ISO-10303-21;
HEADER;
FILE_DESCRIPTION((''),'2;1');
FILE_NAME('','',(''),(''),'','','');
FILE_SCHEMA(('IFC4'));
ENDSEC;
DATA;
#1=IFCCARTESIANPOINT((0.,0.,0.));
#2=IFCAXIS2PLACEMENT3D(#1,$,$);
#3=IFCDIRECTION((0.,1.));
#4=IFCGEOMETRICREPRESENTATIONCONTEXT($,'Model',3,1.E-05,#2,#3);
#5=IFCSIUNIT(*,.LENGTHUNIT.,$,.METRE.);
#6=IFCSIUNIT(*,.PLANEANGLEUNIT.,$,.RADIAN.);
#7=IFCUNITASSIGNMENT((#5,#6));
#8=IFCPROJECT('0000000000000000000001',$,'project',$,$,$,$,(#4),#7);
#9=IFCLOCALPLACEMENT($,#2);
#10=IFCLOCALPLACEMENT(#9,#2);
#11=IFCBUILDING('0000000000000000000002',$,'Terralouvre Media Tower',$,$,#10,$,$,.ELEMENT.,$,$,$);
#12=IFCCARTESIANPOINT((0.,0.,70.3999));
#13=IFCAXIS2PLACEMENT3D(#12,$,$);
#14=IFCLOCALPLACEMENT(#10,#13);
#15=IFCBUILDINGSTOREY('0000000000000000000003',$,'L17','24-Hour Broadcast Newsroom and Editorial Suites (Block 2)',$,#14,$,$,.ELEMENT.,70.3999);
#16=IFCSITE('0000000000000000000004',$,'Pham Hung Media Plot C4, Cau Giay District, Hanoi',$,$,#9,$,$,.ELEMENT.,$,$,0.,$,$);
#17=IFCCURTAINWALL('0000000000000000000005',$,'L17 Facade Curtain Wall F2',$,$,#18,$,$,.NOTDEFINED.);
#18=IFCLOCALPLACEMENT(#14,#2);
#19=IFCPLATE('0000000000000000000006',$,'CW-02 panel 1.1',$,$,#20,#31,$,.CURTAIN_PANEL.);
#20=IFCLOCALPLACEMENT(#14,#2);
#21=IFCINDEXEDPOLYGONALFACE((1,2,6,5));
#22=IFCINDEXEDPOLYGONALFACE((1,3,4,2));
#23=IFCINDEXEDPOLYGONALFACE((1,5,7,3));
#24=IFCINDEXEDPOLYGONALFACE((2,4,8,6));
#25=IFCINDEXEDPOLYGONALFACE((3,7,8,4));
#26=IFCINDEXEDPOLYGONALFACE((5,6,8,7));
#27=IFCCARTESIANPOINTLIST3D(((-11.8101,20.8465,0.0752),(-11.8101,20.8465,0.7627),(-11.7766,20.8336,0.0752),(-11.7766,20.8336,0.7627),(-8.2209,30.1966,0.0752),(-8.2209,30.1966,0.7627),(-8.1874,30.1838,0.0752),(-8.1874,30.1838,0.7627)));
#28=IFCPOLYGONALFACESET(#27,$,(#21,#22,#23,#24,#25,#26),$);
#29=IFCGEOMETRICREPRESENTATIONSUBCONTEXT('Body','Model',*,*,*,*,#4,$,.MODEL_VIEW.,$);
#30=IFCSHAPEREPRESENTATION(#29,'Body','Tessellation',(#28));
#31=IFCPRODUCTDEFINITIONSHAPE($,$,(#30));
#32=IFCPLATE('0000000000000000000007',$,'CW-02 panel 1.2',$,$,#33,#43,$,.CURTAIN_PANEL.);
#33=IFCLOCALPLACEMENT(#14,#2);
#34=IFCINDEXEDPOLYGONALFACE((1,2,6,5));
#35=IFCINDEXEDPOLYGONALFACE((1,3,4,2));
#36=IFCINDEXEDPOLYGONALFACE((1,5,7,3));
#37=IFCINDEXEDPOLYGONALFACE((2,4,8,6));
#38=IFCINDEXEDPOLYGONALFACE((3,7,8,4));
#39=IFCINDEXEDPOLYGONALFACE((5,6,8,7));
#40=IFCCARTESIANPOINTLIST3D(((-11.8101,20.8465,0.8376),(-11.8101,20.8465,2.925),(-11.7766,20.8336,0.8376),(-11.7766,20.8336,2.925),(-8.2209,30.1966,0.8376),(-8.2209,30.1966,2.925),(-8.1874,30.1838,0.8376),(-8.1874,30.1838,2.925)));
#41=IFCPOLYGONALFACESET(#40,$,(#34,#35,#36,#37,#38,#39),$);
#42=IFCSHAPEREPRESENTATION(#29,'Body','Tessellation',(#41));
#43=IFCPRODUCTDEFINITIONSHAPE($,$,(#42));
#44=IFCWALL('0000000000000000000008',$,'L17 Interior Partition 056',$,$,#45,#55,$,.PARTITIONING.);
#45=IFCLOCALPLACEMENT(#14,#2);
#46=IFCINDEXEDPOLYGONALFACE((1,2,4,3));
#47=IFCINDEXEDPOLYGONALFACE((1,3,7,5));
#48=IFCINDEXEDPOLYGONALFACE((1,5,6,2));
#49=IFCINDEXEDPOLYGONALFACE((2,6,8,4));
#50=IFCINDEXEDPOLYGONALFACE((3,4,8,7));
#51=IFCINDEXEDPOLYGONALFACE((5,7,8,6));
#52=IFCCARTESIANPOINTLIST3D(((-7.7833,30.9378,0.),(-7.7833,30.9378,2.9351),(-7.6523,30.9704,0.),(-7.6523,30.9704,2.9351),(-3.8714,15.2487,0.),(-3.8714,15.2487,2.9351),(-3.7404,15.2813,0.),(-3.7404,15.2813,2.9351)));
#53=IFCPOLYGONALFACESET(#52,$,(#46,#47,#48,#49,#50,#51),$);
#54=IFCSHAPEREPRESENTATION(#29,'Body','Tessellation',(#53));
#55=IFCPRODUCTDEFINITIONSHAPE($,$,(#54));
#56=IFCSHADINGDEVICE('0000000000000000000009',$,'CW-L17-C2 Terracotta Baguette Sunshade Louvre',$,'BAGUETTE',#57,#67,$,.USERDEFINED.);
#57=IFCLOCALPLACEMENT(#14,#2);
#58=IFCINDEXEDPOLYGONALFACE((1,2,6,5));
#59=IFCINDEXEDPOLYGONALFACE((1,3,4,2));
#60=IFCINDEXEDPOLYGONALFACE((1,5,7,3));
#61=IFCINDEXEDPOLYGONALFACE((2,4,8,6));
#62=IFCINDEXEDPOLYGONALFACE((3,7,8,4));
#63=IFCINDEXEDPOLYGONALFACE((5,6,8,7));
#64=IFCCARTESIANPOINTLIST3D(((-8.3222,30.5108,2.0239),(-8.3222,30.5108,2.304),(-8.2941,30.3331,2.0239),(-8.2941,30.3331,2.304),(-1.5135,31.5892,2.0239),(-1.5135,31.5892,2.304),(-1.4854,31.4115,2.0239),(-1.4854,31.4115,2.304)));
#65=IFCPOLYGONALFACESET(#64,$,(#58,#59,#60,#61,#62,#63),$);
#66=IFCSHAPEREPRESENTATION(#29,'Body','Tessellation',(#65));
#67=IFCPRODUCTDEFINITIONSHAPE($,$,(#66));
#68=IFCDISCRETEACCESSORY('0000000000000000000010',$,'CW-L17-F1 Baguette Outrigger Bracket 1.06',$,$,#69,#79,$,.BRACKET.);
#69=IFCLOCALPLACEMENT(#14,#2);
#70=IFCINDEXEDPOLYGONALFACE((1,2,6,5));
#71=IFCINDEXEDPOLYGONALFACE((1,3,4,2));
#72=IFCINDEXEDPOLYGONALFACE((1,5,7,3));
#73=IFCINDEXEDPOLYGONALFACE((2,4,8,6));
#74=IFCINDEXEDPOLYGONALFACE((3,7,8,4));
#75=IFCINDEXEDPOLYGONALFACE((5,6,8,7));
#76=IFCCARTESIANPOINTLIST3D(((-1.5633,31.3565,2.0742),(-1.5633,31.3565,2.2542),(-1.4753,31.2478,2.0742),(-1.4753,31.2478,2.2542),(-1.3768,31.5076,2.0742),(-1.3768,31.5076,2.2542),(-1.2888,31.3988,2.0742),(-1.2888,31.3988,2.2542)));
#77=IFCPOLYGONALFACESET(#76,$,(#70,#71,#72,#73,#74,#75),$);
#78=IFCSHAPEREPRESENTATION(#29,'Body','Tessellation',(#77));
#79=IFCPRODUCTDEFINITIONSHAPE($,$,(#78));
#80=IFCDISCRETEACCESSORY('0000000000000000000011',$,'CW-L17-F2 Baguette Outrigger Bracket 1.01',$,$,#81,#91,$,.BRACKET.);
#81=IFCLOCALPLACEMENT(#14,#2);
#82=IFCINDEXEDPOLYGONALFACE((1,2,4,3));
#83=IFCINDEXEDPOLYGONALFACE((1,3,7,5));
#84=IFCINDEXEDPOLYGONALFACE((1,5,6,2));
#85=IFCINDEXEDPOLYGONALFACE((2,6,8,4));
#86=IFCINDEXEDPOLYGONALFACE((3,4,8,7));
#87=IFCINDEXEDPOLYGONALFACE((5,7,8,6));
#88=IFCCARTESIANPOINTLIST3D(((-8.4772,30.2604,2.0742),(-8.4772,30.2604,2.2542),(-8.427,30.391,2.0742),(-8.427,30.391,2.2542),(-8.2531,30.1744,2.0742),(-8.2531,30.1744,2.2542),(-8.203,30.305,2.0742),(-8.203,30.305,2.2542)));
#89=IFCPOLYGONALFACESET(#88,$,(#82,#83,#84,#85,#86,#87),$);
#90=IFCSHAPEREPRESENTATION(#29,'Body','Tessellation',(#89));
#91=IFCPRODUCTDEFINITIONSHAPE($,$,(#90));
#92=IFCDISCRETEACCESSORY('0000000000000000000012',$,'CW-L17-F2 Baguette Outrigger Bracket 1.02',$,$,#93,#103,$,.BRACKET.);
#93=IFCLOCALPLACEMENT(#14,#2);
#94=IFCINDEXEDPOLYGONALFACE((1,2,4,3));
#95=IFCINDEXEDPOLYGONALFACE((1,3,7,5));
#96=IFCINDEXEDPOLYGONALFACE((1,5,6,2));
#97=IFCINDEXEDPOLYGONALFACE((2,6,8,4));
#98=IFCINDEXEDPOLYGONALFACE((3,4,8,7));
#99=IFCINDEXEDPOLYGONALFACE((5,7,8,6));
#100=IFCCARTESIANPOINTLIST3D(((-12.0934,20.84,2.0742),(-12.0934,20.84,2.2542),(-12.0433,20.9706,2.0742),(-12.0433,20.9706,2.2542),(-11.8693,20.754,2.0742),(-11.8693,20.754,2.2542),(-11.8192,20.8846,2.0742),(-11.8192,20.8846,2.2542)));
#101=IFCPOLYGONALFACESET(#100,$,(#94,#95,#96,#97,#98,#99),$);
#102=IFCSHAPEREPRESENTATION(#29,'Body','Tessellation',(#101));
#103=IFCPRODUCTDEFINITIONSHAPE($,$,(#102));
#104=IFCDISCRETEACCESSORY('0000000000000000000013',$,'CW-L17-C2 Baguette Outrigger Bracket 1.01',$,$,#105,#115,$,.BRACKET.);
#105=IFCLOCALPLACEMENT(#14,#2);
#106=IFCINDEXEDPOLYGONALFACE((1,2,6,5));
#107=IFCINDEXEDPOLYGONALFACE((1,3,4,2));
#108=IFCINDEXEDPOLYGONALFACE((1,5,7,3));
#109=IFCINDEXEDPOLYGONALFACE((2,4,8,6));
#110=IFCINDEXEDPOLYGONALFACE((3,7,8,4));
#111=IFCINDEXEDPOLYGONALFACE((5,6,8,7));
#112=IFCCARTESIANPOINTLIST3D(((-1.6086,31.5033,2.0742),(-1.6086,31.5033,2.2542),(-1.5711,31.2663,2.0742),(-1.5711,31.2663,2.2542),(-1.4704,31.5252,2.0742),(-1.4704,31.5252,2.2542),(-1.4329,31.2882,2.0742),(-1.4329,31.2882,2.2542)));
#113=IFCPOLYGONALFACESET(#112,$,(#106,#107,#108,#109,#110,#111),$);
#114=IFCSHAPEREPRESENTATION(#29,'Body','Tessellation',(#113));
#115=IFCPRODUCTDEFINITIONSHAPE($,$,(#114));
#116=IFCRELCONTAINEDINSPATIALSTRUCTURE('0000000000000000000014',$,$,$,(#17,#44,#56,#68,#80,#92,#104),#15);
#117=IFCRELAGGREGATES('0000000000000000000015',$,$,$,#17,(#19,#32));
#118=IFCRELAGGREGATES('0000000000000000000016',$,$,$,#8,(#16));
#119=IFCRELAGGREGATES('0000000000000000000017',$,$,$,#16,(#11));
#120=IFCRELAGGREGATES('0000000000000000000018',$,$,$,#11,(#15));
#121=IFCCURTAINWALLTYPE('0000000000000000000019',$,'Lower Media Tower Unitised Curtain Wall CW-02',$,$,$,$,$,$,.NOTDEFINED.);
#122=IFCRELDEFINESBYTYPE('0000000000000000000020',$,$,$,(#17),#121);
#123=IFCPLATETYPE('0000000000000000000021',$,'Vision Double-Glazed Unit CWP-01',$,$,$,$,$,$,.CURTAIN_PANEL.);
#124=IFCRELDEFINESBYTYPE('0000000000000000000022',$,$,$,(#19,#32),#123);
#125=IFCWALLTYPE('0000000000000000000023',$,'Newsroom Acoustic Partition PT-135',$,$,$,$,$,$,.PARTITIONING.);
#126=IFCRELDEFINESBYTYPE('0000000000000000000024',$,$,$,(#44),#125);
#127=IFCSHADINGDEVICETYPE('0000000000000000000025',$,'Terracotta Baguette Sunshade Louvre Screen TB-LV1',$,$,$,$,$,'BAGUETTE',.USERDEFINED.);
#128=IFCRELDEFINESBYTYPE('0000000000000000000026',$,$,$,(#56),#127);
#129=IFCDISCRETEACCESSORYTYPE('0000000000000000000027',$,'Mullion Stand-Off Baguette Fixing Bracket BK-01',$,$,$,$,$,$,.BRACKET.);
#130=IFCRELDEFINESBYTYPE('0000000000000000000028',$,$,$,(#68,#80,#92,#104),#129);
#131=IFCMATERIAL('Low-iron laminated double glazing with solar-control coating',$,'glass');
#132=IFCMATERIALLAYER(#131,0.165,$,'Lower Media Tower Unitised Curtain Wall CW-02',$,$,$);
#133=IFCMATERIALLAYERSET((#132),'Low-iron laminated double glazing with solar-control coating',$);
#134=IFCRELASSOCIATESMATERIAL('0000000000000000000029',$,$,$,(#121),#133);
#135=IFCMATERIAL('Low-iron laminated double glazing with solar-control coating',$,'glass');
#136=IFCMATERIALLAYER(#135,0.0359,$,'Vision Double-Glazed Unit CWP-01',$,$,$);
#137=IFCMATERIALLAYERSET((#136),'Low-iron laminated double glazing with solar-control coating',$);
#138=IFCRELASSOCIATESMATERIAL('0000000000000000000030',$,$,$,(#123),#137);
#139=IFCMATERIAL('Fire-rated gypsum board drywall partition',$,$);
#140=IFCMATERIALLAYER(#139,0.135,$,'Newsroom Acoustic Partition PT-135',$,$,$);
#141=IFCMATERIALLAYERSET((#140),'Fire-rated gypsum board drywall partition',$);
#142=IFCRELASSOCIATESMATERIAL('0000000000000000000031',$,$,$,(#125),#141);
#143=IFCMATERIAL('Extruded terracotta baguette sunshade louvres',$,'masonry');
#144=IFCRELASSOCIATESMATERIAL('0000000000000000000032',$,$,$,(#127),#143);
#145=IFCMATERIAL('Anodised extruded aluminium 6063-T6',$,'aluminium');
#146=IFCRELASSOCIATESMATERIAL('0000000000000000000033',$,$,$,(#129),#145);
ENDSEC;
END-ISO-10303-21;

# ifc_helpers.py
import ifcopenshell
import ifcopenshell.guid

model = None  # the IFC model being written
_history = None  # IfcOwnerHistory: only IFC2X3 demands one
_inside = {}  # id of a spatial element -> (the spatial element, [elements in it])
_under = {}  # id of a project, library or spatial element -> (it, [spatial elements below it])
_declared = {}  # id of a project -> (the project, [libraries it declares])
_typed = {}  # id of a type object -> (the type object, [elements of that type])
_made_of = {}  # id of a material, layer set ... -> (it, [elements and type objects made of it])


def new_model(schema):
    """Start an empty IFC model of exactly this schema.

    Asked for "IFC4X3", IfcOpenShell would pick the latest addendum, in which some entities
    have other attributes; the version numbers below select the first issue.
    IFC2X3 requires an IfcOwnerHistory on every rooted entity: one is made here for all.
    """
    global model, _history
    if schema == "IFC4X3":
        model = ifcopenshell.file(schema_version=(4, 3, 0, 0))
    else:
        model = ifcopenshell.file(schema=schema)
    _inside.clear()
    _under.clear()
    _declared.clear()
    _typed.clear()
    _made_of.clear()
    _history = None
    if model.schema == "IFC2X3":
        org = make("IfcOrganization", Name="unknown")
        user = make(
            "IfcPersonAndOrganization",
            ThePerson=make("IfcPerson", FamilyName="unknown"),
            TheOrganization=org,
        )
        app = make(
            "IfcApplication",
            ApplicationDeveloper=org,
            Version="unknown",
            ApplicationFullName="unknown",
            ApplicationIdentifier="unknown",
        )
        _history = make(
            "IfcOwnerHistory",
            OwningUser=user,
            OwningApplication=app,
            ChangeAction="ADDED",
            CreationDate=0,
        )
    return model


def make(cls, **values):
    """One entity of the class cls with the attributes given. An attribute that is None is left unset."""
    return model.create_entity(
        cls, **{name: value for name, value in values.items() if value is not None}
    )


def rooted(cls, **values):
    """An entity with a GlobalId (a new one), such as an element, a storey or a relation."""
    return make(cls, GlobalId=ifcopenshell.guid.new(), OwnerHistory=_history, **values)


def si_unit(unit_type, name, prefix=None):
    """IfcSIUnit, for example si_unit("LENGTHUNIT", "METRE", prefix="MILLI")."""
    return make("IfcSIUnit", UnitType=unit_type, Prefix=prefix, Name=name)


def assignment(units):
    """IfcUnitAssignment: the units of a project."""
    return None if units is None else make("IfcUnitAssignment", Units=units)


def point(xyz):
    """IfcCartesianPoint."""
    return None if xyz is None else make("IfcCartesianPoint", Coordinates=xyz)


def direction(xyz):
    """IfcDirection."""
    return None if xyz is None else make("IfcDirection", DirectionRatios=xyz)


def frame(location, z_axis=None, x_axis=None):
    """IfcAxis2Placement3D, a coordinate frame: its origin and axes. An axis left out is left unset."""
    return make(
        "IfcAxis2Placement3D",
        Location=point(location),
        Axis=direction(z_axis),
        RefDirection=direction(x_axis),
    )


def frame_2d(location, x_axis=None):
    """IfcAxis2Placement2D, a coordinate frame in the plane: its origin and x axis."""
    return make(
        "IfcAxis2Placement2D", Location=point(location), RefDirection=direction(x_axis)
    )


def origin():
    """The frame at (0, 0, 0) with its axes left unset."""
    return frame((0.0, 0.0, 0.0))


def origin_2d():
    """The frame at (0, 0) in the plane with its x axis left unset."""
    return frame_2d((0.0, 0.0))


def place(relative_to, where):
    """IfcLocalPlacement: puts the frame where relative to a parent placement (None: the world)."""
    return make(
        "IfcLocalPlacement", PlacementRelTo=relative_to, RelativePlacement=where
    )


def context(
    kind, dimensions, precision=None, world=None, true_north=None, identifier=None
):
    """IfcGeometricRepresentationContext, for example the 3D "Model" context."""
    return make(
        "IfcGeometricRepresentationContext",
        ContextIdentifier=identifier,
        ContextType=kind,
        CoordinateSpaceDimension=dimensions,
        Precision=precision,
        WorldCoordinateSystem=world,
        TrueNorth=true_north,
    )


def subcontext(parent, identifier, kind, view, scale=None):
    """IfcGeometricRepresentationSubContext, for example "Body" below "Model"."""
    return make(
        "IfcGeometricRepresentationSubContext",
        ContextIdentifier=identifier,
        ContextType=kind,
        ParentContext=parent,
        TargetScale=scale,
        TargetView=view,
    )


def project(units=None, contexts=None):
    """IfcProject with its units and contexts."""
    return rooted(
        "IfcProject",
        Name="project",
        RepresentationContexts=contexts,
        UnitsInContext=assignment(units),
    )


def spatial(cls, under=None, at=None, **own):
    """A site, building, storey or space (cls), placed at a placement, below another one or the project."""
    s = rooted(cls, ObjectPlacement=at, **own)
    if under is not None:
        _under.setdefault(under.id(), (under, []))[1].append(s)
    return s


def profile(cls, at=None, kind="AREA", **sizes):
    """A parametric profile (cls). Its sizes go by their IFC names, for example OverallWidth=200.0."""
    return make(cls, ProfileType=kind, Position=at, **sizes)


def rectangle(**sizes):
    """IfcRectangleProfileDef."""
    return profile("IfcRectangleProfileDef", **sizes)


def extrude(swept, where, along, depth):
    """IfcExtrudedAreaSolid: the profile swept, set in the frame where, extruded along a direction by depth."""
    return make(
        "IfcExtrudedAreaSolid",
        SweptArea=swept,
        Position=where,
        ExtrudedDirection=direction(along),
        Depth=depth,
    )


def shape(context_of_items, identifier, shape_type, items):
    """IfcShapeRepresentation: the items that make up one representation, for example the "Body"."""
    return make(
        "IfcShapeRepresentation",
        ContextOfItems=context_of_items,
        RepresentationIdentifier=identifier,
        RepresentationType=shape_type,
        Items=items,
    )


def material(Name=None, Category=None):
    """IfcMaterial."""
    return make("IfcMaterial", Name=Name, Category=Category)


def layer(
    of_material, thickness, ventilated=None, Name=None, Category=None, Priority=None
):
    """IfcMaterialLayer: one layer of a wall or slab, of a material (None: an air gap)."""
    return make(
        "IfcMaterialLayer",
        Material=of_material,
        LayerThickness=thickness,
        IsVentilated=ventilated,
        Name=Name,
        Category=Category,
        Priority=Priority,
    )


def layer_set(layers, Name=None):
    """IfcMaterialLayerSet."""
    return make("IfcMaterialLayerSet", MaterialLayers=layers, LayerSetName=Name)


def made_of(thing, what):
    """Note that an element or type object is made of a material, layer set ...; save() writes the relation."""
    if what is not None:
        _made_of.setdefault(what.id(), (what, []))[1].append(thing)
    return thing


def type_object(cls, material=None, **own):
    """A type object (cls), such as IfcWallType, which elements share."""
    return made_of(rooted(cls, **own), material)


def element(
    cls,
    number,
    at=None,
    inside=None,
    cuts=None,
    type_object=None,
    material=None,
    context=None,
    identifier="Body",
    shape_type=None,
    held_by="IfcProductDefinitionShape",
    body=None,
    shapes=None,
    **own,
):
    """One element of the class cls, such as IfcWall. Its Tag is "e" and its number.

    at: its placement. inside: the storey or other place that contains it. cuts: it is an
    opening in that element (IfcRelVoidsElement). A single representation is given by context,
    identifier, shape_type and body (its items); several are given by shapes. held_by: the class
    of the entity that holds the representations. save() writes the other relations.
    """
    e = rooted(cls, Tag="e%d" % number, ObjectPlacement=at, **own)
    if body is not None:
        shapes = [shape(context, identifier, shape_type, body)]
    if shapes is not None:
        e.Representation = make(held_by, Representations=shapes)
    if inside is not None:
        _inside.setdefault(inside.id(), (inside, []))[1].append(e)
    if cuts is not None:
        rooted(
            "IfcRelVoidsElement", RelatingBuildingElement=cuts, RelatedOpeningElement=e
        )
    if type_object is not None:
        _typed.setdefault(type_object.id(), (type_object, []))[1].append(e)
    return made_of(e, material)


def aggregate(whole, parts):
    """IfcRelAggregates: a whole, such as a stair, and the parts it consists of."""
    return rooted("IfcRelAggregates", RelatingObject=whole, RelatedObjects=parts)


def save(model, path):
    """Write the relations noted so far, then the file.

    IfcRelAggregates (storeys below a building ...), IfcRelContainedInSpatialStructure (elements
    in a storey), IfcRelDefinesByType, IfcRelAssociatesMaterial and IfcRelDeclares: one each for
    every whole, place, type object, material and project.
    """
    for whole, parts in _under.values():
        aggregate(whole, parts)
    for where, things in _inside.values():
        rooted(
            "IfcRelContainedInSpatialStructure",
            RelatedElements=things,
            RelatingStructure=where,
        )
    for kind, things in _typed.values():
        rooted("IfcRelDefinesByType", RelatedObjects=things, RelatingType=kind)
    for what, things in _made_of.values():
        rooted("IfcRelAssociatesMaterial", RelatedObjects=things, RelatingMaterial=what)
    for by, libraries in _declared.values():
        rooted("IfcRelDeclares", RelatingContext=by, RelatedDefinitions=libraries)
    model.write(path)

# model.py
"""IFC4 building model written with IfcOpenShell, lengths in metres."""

from ifc_helpers import new_model, si_unit, direction, frame, frame_2d, origin, origin_2d, place, context, subcontext, project, spatial, rectangle, extrude, material, layer, layer_set, type_object, element, aggregate, save


model = new_model("IFC4")

# Units and contexts
model_context = context("Model", 3, precision=1e-05, world=origin(), true_north=direction((0.0, 1.0)))
body_context = subcontext(model_context, "Body", "Model", "MODEL_VIEW")
ifc_project = project(units=[si_unit("LENGTHUNIT", "METRE"), si_unit("PLANEANGLEUNIT", "RADIAN")], contexts=[model_context])

# Site, building, storey
site_placement = place(None, origin())
site = spatial("IfcSite", under=ifc_project, at=site_placement, Name="Pham Hung Media Plot C4, Cau Giay District, Hanoi", CompositionType="ELEMENT", RefElevation=0.0)
building_placement = place(site_placement, origin())
building = spatial("IfcBuilding", under=site, at=building_placement, Name="Terralouvre Media Tower", CompositionType="ELEMENT")
storey_placement = place(building_placement, frame((0.0, 0.0, 70.3999)))
storey = spatial("IfcBuildingStorey", under=building, at=storey_placement, Name="L17", Description="24-Hour Broadcast Newsroom and Editorial Suites (Block 2)", CompositionType="ELEMENT", Elevation=70.3999)

# Curtain wall
ifc_material_1 = material(Name="Low-iron laminated double glazing with solar-control coating", Category="glass")
ifc_layer_1 = layer(ifc_material_1, 0.165, Name="Lower Media Tower Unitised Curtain Wall CW-02")
ifc_layer_set_1 = layer_set([ifc_layer_1], Name="Low-iron laminated double glazing with solar-control coating")
curtain_wall_type_1 = type_object("IfcCurtainWallType", Name="Lower Media Tower Unitised Curtain Wall CW-02", PredefinedType="NOTDEFINED", material=ifc_layer_set_1)
curtain_wall_1_placement = place(storey_placement, origin())
curtain_wall_1 = element("IfcCurtainWall", 1, at=curtain_wall_1_placement, inside=storey, type_object=curtain_wall_type_1, Name="L17 Facade Curtain Wall F2", PredefinedType="NOTDEFINED")

# Plates
ifc_material_2 = material(Name="Low-iron laminated double glazing with solar-control coating", Category="glass")
ifc_layer_2 = layer(ifc_material_2, 0.0359, Name="Vision Double-Glazed Unit CWP-01")
ifc_layer_set_2 = layer_set([ifc_layer_2], Name="Low-iron laminated double glazing with solar-control coating")
plate_type_1 = type_object("IfcPlateType", Name="Vision Double-Glazed Unit CWP-01", PredefinedType="CURTAIN_PANEL", material=ifc_layer_set_2)
plate_1_placement = place(storey_placement, frame((-9.9988, 25.5151, 0.0752), z_axis=(0.0, 0.0, 1.0), x_axis=(-0.358368, -0.93358, 0.0)))
plate_1 = element("IfcPlate", 2, at=plate_1_placement, type_object=plate_type_1, Name="CW-02 panel 1.1", PredefinedType="CURTAIN_PANEL", context=body_context, shape_type="SweptSolid", body=[
    extrude(rectangle(XDim=10.0154, YDim=0.0359, at=origin_2d()), origin(), (0.0, 0.0, 1.0), 0.6875),
])
plate_2_placement = place(storey_placement, frame((-9.9988, 25.5151, 0.8376), z_axis=(0.0, 0.0, 1.0), x_axis=(-0.358368, -0.93358, 0.0)))
plate_2 = element("IfcPlate", 3, at=plate_2_placement, type_object=plate_type_1, Name="CW-02 panel 1.2", PredefinedType="CURTAIN_PANEL", context=body_context, shape_type="SweptSolid", body=[
    extrude(rectangle(XDim=10.0154, YDim=0.0359, at=origin_2d()), origin(), (0.0, 0.0, 1.0), 2.0874),
])
aggregate(curtain_wall_1, [plate_1, plate_2])

# Wall
ifc_material_3 = material(Name="Fire-rated gypsum board drywall partition")
ifc_layer_3 = layer(ifc_material_3, 0.135, Name="Newsroom Acoustic Partition PT-135")
ifc_layer_set_3 = layer_set([ifc_layer_3], Name="Fire-rated gypsum board drywall partition")
wall_type = type_object("IfcWallType", Name="Newsroom Acoustic Partition PT-135", PredefinedType="PARTITIONING", material=ifc_layer_set_3)
wall_placement = place(storey_placement, frame((-7.7178, 30.9541, 0.0), z_axis=(0.0, 0.0, 1.0), x_axis=(0.241928, -0.970294, 0.0)))
element("IfcWall", 4, at=wall_placement, inside=storey, type_object=wall_type, Name="L17 Interior Partition 056", PredefinedType="PARTITIONING", context=body_context, shape_type="SweptSolid", body=[
    extrude(rectangle(XDim=16.1694, YDim=0.135, at=frame_2d((8.0847, 0.0))), origin(), (0.0, 0.0, 1.0), 2.9351),
])

# Shading device
ifc_material_4 = material(Name="Extruded terracotta baguette sunshade louvres", Category="masonry")
shading_device_type = type_object("IfcShadingDeviceType", Name="Terracotta Baguette Sunshade Louvre Screen TB-LV1", ElementType="BAGUETTE", PredefinedType="USERDEFINED", material=ifc_material_4)
shading_device_placement = place(storey_placement, frame((-4.9038, 30.9612, 2.0239), z_axis=(0.0, 0.0, 1.0), x_axis=(-0.987688, -0.156434, 0.0)))
element("IfcShadingDevice", 5, at=shading_device_placement, inside=storey, type_object=shading_device_type, Name="CW-L17-C2 Terracotta Baguette Sunshade Louvre", ObjectType="BAGUETTE", PredefinedType="USERDEFINED", context=body_context, shape_type="SweptSolid", body=[
    extrude(rectangle(XDim=6.8936, YDim=0.1799, at=origin_2d()), origin(), (0.0, 0.0, 1.0), 0.28),
])

# Discrete accessories
ifc_material_5 = material(Name="Anodised extruded aluminium 6063-T6", Category="aluminium")
discrete_accessory_type = type_object("IfcDiscreteAccessoryType", Name="Mullion Stand-Off Baguette Fixing Bracket BK-01", PredefinedType="BRACKET", material=ifc_material_5)
for number, where, z_axis, x_axis, name in (
    (6, (-1.426, 31.3777, 2.0742), (0.0, 0.0, 1.0), (-0.62932, 0.777146, 0.0), "CW-L17-F1 Baguette Outrigger Bracket 1.06"),
    (7, (-8.3401, 30.2827, 2.0742), (0.0, 0.0, 1.0), (-0.358368, -0.93358, 0.0), "CW-L17-F2 Baguette Outrigger Bracket 1.01"),
    (8, (-11.9563, 20.8623, 2.0742), (0.0, 0.0, 1.0), (-0.358368, -0.93358, 0.0), "CW-L17-F2 Baguette Outrigger Bracket 1.02"),
    (9, (-1.5208, 31.3958, 2.0742), (0.0, 0.0, 1.0), (-0.987688, -0.156434, 0.0), "CW-L17-C2 Baguette Outrigger Bracket 1.01"),
):
    element("IfcDiscreteAccessory", number, at=place(storey_placement, frame(where, z_axis=z_axis, x_axis=x_axis)), inside=storey, type_object=discrete_accessory_type, Name=name, PredefinedType="BRACKET", context=body_context, shape_type="SweptSolid", body=[
        extrude(rectangle(XDim=0.1399, YDim=0.24, at=origin_2d()), origin(), (0.0, 0.0, 1.0), 0.1799),
    ])

save(model, "model.ifc")
